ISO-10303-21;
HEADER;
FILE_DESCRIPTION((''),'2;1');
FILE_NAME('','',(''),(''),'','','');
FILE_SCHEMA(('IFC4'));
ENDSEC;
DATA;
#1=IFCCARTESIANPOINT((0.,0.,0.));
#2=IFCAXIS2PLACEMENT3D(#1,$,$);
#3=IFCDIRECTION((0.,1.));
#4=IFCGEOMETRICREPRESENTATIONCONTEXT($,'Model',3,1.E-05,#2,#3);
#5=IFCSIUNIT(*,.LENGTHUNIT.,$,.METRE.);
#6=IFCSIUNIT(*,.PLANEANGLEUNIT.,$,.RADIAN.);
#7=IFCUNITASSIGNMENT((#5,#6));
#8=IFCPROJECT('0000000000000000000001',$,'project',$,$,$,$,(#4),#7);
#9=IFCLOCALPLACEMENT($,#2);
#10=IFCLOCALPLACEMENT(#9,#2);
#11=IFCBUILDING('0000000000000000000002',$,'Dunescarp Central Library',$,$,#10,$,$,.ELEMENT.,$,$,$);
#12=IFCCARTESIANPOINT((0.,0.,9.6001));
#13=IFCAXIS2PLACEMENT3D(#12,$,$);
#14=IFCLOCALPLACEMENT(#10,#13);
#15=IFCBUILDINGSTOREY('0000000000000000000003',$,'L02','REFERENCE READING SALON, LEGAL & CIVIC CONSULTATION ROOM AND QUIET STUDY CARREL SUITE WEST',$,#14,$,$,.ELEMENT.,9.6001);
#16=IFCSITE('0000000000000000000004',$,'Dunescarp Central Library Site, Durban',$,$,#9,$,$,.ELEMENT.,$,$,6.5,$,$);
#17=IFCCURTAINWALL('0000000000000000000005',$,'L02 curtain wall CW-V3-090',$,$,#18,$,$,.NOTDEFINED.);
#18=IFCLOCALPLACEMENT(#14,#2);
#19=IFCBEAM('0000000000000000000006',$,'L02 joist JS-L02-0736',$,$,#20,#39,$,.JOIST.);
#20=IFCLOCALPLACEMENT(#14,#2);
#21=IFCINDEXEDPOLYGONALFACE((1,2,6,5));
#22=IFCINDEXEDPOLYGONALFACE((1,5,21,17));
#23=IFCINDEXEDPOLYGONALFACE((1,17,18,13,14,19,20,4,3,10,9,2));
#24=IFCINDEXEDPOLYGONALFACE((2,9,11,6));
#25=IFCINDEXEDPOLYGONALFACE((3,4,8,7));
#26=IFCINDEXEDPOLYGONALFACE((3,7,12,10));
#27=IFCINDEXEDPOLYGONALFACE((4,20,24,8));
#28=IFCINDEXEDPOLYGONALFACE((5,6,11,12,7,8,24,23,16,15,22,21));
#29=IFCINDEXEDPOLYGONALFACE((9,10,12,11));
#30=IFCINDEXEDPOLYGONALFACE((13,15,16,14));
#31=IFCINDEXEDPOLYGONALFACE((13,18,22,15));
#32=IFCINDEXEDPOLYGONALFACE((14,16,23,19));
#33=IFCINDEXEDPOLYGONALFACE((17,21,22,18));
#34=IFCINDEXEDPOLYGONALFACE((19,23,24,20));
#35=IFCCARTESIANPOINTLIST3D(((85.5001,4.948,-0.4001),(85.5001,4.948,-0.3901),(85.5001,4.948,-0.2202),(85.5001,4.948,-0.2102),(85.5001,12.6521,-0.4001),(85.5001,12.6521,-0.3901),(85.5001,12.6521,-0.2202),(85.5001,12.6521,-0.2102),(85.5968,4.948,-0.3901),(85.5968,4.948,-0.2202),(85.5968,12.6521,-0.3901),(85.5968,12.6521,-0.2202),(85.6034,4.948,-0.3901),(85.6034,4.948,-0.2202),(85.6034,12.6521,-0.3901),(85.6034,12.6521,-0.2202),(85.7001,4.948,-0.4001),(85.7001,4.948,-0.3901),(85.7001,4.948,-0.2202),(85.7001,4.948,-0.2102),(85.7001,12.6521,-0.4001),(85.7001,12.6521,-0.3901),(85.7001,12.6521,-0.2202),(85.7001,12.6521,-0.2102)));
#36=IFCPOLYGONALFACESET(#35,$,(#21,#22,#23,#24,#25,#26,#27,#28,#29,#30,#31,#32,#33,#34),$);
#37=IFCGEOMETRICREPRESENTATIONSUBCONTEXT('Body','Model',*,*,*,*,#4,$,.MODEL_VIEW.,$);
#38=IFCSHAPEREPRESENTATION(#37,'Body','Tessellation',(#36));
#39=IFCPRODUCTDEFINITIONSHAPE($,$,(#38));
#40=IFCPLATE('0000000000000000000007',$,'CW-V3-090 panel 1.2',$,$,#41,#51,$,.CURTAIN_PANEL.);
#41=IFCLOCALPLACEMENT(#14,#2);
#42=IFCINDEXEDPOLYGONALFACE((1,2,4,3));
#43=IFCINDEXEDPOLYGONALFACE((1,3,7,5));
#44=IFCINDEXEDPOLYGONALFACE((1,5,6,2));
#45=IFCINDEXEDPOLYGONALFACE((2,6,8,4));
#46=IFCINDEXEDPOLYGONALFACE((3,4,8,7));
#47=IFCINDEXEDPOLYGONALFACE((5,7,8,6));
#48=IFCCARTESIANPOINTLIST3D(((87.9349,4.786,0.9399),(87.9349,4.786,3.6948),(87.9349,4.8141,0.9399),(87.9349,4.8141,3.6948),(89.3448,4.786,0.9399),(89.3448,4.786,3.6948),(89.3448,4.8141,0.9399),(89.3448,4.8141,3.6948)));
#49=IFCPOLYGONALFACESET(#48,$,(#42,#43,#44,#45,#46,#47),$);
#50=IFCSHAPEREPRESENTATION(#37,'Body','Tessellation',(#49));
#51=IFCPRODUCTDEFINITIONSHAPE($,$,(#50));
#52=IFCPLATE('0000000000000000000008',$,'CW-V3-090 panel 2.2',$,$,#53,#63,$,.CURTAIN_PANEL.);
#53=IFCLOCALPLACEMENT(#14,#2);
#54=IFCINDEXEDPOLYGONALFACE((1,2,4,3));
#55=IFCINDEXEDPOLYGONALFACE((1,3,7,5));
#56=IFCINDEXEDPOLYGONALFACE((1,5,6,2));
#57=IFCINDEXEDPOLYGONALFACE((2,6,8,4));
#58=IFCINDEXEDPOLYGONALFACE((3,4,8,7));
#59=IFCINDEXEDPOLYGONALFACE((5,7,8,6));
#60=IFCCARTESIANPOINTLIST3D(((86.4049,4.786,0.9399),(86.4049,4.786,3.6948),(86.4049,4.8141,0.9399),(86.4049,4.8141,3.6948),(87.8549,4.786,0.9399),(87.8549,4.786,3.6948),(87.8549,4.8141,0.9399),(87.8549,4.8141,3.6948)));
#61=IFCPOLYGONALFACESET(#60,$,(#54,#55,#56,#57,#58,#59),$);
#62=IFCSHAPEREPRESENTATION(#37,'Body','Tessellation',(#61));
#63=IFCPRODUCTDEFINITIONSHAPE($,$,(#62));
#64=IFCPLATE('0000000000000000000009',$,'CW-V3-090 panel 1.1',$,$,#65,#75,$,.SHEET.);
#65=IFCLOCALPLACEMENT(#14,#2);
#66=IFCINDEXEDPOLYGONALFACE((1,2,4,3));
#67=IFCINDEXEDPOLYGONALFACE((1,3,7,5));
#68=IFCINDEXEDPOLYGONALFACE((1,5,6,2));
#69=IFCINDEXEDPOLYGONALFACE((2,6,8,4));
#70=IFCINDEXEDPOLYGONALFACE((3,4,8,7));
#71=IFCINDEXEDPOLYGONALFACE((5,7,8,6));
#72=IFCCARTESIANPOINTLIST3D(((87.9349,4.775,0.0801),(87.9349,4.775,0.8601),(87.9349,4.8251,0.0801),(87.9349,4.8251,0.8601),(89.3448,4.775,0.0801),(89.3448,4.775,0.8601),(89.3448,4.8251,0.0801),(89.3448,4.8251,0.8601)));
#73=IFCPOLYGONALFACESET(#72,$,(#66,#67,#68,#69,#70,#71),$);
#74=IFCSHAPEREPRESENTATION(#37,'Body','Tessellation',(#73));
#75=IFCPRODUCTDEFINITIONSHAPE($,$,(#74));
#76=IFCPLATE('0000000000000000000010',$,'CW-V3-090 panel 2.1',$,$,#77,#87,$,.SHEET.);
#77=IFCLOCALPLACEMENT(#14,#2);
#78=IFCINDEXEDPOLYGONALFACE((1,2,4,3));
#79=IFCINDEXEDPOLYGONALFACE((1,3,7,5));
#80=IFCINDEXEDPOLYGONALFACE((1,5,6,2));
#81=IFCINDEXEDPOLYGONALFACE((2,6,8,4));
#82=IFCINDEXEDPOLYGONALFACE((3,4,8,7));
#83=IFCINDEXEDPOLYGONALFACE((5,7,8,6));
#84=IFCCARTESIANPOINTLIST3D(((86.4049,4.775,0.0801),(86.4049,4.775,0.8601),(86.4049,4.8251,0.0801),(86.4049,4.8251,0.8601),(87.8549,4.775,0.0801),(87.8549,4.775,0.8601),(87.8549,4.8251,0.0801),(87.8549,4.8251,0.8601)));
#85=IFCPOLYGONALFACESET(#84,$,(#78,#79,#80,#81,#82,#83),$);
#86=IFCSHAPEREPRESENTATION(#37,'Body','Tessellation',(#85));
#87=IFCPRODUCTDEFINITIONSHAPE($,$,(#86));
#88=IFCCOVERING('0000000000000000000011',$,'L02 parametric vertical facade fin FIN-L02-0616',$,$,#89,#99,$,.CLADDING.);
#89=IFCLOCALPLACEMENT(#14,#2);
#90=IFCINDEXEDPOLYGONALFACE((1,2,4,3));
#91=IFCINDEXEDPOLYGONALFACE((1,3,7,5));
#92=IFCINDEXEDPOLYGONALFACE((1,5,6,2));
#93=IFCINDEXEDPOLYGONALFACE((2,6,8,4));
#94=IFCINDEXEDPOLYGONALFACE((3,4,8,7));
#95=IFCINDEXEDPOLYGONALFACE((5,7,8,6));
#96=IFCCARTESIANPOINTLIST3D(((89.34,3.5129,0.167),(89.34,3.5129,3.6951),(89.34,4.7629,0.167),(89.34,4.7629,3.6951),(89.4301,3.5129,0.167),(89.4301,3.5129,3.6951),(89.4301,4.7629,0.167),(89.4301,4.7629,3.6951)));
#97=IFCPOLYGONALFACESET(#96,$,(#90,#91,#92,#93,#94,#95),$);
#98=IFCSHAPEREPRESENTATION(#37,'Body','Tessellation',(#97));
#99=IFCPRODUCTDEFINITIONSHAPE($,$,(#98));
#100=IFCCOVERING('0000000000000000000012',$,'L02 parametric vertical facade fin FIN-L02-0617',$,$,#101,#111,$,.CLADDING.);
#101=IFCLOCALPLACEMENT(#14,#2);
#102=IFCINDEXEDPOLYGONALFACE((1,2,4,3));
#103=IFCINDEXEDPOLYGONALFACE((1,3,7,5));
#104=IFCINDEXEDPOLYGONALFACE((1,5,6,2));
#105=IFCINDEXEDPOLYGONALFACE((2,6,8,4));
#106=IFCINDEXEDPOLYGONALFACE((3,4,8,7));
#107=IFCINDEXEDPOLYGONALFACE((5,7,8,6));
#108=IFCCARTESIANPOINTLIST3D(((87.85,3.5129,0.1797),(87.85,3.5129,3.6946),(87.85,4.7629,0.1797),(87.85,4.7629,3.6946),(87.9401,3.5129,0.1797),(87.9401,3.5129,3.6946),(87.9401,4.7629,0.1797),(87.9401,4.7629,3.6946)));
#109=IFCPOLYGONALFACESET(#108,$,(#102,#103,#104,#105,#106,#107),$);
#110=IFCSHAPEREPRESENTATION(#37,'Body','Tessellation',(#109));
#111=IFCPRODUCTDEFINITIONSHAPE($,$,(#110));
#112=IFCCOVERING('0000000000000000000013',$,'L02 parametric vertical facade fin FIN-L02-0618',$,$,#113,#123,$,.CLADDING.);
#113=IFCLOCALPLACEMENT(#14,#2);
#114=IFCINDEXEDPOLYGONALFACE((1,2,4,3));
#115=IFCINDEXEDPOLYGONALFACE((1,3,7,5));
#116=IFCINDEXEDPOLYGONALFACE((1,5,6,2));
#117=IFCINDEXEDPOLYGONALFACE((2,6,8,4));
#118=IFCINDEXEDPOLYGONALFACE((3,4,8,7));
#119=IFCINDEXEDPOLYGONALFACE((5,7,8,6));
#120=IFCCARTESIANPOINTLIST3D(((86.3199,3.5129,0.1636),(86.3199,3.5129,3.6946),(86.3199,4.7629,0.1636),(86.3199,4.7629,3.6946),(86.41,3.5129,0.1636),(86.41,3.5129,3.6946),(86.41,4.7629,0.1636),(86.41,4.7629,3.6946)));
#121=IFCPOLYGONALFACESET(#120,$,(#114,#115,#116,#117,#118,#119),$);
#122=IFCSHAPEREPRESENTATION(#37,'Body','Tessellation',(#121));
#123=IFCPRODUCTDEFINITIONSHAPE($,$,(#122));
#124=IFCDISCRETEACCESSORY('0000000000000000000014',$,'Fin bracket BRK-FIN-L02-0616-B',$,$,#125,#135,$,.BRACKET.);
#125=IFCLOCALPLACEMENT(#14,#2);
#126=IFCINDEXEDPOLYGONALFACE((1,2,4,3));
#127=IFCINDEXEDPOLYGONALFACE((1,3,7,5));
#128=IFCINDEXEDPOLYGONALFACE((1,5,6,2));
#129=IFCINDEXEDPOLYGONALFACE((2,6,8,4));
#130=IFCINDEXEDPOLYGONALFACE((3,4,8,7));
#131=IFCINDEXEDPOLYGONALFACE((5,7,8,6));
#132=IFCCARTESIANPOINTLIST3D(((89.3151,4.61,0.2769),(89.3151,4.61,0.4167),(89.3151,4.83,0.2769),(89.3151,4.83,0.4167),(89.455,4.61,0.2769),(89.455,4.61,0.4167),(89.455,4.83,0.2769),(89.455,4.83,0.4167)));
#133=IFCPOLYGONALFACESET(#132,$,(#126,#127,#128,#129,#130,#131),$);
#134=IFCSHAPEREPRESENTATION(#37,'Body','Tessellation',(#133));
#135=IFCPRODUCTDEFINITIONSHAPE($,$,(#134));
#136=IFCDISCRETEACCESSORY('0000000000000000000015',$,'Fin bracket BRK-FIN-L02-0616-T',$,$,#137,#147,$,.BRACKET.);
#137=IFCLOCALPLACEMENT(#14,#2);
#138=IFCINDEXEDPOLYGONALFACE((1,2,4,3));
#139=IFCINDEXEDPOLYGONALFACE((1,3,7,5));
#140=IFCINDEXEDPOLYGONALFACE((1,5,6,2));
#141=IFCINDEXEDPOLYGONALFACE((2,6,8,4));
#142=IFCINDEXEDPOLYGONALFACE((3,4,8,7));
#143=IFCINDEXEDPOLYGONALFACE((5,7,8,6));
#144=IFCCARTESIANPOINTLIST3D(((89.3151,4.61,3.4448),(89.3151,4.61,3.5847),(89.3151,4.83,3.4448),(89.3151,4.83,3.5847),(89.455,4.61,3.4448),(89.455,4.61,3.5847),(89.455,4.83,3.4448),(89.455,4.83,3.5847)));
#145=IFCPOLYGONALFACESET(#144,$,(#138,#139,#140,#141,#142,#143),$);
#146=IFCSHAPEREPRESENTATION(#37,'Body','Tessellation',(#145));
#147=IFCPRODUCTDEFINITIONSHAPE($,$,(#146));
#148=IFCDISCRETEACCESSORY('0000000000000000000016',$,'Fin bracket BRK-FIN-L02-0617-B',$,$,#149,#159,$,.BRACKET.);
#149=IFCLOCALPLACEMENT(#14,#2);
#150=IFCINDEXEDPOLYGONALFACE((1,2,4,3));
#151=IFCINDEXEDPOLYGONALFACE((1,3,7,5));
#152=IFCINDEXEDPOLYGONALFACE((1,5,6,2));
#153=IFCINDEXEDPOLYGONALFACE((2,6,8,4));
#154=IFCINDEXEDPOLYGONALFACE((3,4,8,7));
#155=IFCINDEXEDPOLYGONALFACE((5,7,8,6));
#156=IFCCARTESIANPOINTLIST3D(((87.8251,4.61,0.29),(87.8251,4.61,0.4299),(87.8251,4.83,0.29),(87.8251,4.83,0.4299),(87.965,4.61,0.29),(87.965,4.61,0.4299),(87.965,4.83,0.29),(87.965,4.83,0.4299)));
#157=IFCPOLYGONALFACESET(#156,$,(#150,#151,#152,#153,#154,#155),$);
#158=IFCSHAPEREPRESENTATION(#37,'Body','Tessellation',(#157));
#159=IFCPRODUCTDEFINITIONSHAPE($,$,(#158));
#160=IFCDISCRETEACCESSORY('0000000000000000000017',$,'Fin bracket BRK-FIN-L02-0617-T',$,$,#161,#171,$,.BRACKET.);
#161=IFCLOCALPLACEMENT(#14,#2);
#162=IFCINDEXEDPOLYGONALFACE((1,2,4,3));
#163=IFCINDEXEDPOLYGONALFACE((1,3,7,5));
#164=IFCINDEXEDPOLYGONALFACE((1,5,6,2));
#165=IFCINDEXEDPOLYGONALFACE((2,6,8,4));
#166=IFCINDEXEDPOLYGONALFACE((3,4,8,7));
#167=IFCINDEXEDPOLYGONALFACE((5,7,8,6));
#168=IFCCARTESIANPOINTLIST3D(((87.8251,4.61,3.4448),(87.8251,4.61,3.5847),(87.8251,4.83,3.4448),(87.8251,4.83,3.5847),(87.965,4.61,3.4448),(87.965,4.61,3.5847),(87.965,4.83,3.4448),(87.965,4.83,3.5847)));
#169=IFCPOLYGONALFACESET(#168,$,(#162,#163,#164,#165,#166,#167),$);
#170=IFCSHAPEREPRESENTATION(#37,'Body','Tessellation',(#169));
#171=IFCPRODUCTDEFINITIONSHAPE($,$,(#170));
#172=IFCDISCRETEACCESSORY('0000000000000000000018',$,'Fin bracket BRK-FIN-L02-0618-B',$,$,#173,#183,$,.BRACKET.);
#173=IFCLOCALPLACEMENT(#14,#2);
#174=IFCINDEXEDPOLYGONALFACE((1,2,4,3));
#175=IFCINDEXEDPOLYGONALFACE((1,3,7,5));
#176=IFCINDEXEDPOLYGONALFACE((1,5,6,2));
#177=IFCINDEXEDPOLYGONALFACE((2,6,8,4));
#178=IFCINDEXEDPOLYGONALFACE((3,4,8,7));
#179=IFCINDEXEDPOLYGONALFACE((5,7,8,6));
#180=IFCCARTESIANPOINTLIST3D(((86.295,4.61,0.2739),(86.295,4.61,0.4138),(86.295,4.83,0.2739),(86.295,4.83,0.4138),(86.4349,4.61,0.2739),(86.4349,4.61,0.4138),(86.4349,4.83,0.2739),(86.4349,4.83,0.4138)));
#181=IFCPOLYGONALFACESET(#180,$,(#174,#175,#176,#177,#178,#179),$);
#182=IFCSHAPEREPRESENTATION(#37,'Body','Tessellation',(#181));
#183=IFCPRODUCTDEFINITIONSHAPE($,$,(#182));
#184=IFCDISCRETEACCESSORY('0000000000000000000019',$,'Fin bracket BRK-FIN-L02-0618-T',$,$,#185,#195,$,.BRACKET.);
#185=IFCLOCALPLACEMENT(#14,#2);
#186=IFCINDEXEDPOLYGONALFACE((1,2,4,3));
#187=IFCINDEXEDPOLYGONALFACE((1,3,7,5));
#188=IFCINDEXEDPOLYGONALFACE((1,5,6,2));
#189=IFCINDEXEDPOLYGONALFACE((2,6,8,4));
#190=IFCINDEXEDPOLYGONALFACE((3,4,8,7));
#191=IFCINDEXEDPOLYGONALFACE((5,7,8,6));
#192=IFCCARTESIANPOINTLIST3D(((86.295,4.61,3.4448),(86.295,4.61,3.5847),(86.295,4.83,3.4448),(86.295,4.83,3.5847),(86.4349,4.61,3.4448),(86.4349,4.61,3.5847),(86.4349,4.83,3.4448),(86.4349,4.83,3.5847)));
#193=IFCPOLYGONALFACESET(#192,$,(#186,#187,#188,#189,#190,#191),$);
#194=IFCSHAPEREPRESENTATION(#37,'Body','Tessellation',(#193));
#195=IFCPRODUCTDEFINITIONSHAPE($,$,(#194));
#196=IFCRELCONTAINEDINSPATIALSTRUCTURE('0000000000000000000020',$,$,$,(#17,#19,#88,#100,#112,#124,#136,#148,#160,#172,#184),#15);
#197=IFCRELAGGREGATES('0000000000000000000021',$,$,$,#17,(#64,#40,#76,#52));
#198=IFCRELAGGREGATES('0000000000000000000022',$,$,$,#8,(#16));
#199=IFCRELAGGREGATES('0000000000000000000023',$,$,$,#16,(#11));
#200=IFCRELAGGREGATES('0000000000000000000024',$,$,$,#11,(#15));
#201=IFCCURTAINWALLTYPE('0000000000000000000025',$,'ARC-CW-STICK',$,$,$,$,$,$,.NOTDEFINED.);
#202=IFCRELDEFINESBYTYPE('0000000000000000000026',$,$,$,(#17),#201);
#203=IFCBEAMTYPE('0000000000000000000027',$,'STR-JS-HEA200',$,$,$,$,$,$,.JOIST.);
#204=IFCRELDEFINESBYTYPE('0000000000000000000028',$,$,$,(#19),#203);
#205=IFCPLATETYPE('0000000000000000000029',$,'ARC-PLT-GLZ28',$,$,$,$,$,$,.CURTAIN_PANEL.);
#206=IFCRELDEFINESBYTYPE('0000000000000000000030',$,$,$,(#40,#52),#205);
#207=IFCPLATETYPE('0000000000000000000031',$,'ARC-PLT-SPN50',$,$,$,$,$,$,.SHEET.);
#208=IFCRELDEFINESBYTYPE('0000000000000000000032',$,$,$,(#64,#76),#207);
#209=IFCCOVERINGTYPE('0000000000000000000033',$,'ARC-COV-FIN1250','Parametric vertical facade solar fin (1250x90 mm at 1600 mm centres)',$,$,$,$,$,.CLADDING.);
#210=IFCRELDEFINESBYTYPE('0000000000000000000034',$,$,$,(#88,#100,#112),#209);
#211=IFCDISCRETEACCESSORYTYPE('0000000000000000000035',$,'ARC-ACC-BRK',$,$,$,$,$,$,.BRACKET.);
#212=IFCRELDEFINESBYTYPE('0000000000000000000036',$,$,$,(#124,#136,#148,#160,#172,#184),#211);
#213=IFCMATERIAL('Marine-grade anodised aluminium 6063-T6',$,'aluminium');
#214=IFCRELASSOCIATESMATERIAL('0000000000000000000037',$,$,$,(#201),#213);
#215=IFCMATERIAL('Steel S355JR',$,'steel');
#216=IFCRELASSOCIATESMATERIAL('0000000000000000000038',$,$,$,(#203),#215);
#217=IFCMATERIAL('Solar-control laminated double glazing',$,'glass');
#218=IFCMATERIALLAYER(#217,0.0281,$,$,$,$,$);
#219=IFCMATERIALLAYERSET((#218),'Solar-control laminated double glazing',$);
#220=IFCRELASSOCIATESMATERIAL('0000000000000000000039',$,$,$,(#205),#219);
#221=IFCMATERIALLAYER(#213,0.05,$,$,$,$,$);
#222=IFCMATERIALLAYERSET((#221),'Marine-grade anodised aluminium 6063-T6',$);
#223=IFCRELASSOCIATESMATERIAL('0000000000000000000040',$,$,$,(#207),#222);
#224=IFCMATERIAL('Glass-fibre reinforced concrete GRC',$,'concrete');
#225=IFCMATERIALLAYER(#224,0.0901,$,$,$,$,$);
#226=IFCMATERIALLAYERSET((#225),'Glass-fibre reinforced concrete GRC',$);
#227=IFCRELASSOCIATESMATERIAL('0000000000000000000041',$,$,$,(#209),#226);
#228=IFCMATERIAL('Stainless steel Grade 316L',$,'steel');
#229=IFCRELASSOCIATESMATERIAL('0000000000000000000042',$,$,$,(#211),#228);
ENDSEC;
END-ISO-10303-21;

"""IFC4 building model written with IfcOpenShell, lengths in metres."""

from ifc_helpers import new_model, si_unit, direction, frame, origin, origin_2d, place, context, subcontext, project, spatial, rectangle, i_section, extrude, material, layer, layer_set, material_profile, profile_set, type_object, element, aggregate, save


model = new_model("IFC4")

# Units and contexts
model_context = context("Model", 3, precision=1e-05, world=origin(), true_north=direction((0.0, 1.0)))
body_context = subcontext(model_context, "Body", "Model", "MODEL_VIEW")
ifc_project = project(units=[si_unit("LENGTHUNIT", "METRE"), si_unit("PLANEANGLEUNIT", "RADIAN")], contexts=[model_context])

# Site, building, storey
site_placement = place(None, origin())
site = spatial("IfcSite", under=ifc_project, at=site_placement, Name="Dunescarp Central Library Site, Durban", CompositionType="ELEMENT", RefElevation=6.5)
building_placement = place(site_placement, origin())
building = spatial("IfcBuilding", under=site, at=building_placement, Name="Dunescarp Central Library", CompositionType="ELEMENT")
storey_placement = place(building_placement, frame((0.0, 0.0, 9.6001)))
storey = spatial("IfcBuildingStorey", under=building, at=storey_placement, Name="L02", Description="REFERENCE READING SALON, LEGAL & CIVIC CONSULTATION ROOM AND QUIET STUDY CARREL SUITE WEST", CompositionType="ELEMENT", Elevation=9.6001)

# Shared definitions
ifc_material_1 = material(Name="Steel S355JR", Category="steel")

# Curtain wall
ifc_material_2 = material(Name="Marine-grade anodised aluminium 6063-T6", Category="aluminium")
curtain_wall_type = type_object("IfcCurtainWallType", Name="ARC-CW-STICK", PredefinedType="NOTDEFINED", material=ifc_material_2)
curtain_wall_placement = place(storey_placement, origin())
curtain_wall = element("IfcCurtainWall", 1, at=curtain_wall_placement, inside=storey, type_object=curtain_wall_type, Name="L02 curtain wall CW-V3-090", PredefinedType="NOTDEFINED")

# Beam
ifc_material_profile_1 = material_profile(ifc_material_1, i_section(OverallWidth=0.2, OverallDepth=0.1899, WebThickness=0.0066, FlangeThickness=0.01, at=origin_2d()), Name="HEA 200")
ifc_profile_set_1 = profile_set([ifc_material_profile_1], Name="Steel S355JR")
beam_type = type_object("IfcBeamType", Name="STR-JS-HEA200", PredefinedType="JOIST", material=ifc_profile_set_1)
beam_placement = place(storey_placement, frame((85.6001, 4.948, -0.3052), z_axis=(0.0, 1.0, 0.0), x_axis=(-1.0, 0.0, 0.0)))
element("IfcBeam", 2, at=beam_placement, inside=storey, type_object=beam_type, Name="L02 joist JS-L02-0736", PredefinedType="JOIST", context=body_context, shape_type="SweptSolid", body=[
    extrude(i_section(OverallWidth=0.2, OverallDepth=0.1899, WebThickness=0.0066, FlangeThickness=0.01, at=origin_2d()), origin(), (0.0, 0.0, 1.0), 7.7041),
])

# Plates
ifc_material_3 = material(Name="Solar-control laminated double glazing", Category="glass")
ifc_layer_1 = layer(ifc_material_3, 0.0281)
ifc_layer_set_1 = layer_set([ifc_layer_1], Name="Solar-control laminated double glazing")
plate_type_1 = type_object("IfcPlateType", Name="ARC-PLT-GLZ28", PredefinedType="CURTAIN_PANEL", material=ifc_layer_set_1)
plate_1_placement = place(storey_placement, frame((88.6399, 4.8, 0.9399), z_axis=(0.0, 0.0, 1.0), x_axis=(-1.0, 0.0, 0.0)))
plate_1 = element("IfcPlate", 3, at=plate_1_placement, type_object=plate_type_1, Name="CW-V3-090 panel 1.2", PredefinedType="CURTAIN_PANEL", context=body_context, shape_type="SweptSolid", body=[
    extrude(rectangle(XDim=1.4099, YDim=0.0281, at=origin_2d()), origin(), (0.0, 0.0, 1.0), 2.7549),
])
plate_2_placement = place(storey_placement, frame((87.1299, 4.8, 0.9399), z_axis=(0.0, 0.0, 1.0), x_axis=(-1.0, 0.0, 0.0)))
plate_2 = element("IfcPlate", 4, at=plate_2_placement, type_object=plate_type_1, Name="CW-V3-090 panel 2.2", PredefinedType="CURTAIN_PANEL", context=body_context, shape_type="SweptSolid", body=[
    extrude(rectangle(XDim=1.45, YDim=0.0281, at=origin_2d()), origin(), (0.0, 0.0, 1.0), 2.7549),
])
ifc_layer_2 = layer(ifc_material_2, 0.05)
ifc_layer_set_2 = layer_set([ifc_layer_2], Name="Marine-grade anodised aluminium 6063-T6")
plate_type_2 = type_object("IfcPlateType", Name="ARC-PLT-SPN50", PredefinedType="SHEET", material=ifc_layer_set_2)
plate_3_placement = place(storey_placement, frame((88.6399, 4.8, 0.0801), z_axis=(0.0, 0.0, 1.0), x_axis=(-1.0, 0.0, 0.0)))
plate_3 = element("IfcPlate", 5, at=plate_3_placement, type_object=plate_type_2, Name="CW-V3-090 panel 1.1", PredefinedType="SHEET", context=body_context, shape_type="SweptSolid", body=[
    extrude(rectangle(XDim=1.4099, YDim=0.05, at=origin_2d()), origin(), (0.0, 0.0, 1.0), 0.78),
])
plate_4_placement = place(storey_placement, frame((87.1299, 4.8, 0.0801), z_axis=(0.0, 0.0, 1.0), x_axis=(-1.0, 0.0, 0.0)))
plate_4 = element("IfcPlate", 6, at=plate_4_placement, type_object=plate_type_2, Name="CW-V3-090 panel 2.1", PredefinedType="SHEET", context=body_context, shape_type="SweptSolid", body=[
    extrude(rectangle(XDim=1.45, YDim=0.05, at=origin_2d()), origin(), (0.0, 0.0, 1.0), 0.78),
])
aggregate(curtain_wall, [plate_3, plate_1, plate_4, plate_2])

# Coverings
ifc_material_4 = material(Name="Glass-fibre reinforced concrete GRC", Category="concrete")
ifc_layer_3 = layer(ifc_material_4, 0.0901)
ifc_layer_set_3 = layer_set([ifc_layer_3], Name="Glass-fibre reinforced concrete GRC")
covering_type = type_object("IfcCoveringType", Name="ARC-COV-FIN1250", Description="Parametric vertical facade solar fin (1250x90 mm at 1600 mm centres)", PredefinedType="CLADDING", material=ifc_layer_set_3)
covering_1_placement = place(storey_placement, frame((89.385, 4.1379, 0.167), z_axis=(0.0, 0.0, 1.0), x_axis=(0.0, -1.0, 0.0)))
element("IfcCovering", 7, at=covering_1_placement, inside=storey, type_object=covering_type, Name="L02 parametric vertical facade fin FIN-L02-0616", PredefinedType="CLADDING", context=body_context, shape_type="SweptSolid", body=[
    extrude(rectangle(XDim=1.25, YDim=0.0901, at=origin_2d()), origin(), (0.0, 0.0, 1.0), 3.5281),
])
covering_2_placement = place(storey_placement, frame((87.895, 4.1379, 0.1797), z_axis=(0.0, 0.0, 1.0), x_axis=(0.0, -1.0, 0.0)))
element("IfcCovering", 8, at=covering_2_placement, inside=storey, type_object=covering_type, Name="L02 parametric vertical facade fin FIN-L02-0617", PredefinedType="CLADDING", context=body_context, shape_type="SweptSolid", body=[
    extrude(rectangle(XDim=1.25, YDim=0.0901, at=origin_2d()), origin(), (0.0, 0.0, 1.0), 3.5149),
])
covering_3_placement = place(storey_placement, frame((86.365, 4.1379, 0.1636), z_axis=(0.0, 0.0, 1.0), x_axis=(0.0, -1.0, 0.0)))
element("IfcCovering", 9, at=covering_3_placement, inside=storey, type_object=covering_type, Name="L02 parametric vertical facade fin FIN-L02-0618", PredefinedType="CLADDING", context=body_context, shape_type="SweptSolid", body=[
    extrude(rectangle(XDim=1.25, YDim=0.0901, at=origin_2d()), origin(), (0.0, 0.0, 1.0), 3.531),
])

# Discrete accessories
ifc_material_5 = material(Name="Stainless steel Grade 316L", Category="steel")
discrete_accessory_type = type_object("IfcDiscreteAccessoryType", Name="ARC-ACC-BRK", PredefinedType="BRACKET", material=ifc_material_5)
for number, where, z_axis, x_axis, name in (
    (10, (89.385, 4.72, 0.2769), (0.0, 0.0, 1.0), (0.0, -1.0, 0.0), "Fin bracket BRK-FIN-L02-0616-B"),
    (11, (89.385, 4.72, 3.4448), (0.0, 0.0, 1.0), (0.0, -1.0, 0.0), "Fin bracket BRK-FIN-L02-0616-T"),
    (12, (87.895, 4.72, 0.29), (0.0, 0.0, 1.0), (0.0, -1.0, 0.0), "Fin bracket BRK-FIN-L02-0617-B"),
    (13, (87.895, 4.72, 3.4448), (0.0, 0.0, 1.0), (0.0, -1.0, 0.0), "Fin bracket BRK-FIN-L02-0617-T"),
    (14, (86.365, 4.72, 0.2739), (0.0, 0.0, 1.0), (0.0, -1.0, 0.0), "Fin bracket BRK-FIN-L02-0618-B"),
    (15, (86.365, 4.72, 3.4448), (0.0, 0.0, 1.0), (0.0, -1.0, 0.0), "Fin bracket BRK-FIN-L02-0618-T"),
):
    element("IfcDiscreteAccessory", number, at=place(storey_placement, frame(where, z_axis=z_axis, x_axis=x_axis)), inside=storey, type_object=discrete_accessory_type, Name=name, PredefinedType="BRACKET", context=body_context, shape_type="SweptSolid", body=[
        extrude(rectangle(XDim=0.22, YDim=0.1399, at=origin_2d()), origin(), (0.0, 0.0, 1.0), 0.1399),
    ])

save(model, "model.ifc")
